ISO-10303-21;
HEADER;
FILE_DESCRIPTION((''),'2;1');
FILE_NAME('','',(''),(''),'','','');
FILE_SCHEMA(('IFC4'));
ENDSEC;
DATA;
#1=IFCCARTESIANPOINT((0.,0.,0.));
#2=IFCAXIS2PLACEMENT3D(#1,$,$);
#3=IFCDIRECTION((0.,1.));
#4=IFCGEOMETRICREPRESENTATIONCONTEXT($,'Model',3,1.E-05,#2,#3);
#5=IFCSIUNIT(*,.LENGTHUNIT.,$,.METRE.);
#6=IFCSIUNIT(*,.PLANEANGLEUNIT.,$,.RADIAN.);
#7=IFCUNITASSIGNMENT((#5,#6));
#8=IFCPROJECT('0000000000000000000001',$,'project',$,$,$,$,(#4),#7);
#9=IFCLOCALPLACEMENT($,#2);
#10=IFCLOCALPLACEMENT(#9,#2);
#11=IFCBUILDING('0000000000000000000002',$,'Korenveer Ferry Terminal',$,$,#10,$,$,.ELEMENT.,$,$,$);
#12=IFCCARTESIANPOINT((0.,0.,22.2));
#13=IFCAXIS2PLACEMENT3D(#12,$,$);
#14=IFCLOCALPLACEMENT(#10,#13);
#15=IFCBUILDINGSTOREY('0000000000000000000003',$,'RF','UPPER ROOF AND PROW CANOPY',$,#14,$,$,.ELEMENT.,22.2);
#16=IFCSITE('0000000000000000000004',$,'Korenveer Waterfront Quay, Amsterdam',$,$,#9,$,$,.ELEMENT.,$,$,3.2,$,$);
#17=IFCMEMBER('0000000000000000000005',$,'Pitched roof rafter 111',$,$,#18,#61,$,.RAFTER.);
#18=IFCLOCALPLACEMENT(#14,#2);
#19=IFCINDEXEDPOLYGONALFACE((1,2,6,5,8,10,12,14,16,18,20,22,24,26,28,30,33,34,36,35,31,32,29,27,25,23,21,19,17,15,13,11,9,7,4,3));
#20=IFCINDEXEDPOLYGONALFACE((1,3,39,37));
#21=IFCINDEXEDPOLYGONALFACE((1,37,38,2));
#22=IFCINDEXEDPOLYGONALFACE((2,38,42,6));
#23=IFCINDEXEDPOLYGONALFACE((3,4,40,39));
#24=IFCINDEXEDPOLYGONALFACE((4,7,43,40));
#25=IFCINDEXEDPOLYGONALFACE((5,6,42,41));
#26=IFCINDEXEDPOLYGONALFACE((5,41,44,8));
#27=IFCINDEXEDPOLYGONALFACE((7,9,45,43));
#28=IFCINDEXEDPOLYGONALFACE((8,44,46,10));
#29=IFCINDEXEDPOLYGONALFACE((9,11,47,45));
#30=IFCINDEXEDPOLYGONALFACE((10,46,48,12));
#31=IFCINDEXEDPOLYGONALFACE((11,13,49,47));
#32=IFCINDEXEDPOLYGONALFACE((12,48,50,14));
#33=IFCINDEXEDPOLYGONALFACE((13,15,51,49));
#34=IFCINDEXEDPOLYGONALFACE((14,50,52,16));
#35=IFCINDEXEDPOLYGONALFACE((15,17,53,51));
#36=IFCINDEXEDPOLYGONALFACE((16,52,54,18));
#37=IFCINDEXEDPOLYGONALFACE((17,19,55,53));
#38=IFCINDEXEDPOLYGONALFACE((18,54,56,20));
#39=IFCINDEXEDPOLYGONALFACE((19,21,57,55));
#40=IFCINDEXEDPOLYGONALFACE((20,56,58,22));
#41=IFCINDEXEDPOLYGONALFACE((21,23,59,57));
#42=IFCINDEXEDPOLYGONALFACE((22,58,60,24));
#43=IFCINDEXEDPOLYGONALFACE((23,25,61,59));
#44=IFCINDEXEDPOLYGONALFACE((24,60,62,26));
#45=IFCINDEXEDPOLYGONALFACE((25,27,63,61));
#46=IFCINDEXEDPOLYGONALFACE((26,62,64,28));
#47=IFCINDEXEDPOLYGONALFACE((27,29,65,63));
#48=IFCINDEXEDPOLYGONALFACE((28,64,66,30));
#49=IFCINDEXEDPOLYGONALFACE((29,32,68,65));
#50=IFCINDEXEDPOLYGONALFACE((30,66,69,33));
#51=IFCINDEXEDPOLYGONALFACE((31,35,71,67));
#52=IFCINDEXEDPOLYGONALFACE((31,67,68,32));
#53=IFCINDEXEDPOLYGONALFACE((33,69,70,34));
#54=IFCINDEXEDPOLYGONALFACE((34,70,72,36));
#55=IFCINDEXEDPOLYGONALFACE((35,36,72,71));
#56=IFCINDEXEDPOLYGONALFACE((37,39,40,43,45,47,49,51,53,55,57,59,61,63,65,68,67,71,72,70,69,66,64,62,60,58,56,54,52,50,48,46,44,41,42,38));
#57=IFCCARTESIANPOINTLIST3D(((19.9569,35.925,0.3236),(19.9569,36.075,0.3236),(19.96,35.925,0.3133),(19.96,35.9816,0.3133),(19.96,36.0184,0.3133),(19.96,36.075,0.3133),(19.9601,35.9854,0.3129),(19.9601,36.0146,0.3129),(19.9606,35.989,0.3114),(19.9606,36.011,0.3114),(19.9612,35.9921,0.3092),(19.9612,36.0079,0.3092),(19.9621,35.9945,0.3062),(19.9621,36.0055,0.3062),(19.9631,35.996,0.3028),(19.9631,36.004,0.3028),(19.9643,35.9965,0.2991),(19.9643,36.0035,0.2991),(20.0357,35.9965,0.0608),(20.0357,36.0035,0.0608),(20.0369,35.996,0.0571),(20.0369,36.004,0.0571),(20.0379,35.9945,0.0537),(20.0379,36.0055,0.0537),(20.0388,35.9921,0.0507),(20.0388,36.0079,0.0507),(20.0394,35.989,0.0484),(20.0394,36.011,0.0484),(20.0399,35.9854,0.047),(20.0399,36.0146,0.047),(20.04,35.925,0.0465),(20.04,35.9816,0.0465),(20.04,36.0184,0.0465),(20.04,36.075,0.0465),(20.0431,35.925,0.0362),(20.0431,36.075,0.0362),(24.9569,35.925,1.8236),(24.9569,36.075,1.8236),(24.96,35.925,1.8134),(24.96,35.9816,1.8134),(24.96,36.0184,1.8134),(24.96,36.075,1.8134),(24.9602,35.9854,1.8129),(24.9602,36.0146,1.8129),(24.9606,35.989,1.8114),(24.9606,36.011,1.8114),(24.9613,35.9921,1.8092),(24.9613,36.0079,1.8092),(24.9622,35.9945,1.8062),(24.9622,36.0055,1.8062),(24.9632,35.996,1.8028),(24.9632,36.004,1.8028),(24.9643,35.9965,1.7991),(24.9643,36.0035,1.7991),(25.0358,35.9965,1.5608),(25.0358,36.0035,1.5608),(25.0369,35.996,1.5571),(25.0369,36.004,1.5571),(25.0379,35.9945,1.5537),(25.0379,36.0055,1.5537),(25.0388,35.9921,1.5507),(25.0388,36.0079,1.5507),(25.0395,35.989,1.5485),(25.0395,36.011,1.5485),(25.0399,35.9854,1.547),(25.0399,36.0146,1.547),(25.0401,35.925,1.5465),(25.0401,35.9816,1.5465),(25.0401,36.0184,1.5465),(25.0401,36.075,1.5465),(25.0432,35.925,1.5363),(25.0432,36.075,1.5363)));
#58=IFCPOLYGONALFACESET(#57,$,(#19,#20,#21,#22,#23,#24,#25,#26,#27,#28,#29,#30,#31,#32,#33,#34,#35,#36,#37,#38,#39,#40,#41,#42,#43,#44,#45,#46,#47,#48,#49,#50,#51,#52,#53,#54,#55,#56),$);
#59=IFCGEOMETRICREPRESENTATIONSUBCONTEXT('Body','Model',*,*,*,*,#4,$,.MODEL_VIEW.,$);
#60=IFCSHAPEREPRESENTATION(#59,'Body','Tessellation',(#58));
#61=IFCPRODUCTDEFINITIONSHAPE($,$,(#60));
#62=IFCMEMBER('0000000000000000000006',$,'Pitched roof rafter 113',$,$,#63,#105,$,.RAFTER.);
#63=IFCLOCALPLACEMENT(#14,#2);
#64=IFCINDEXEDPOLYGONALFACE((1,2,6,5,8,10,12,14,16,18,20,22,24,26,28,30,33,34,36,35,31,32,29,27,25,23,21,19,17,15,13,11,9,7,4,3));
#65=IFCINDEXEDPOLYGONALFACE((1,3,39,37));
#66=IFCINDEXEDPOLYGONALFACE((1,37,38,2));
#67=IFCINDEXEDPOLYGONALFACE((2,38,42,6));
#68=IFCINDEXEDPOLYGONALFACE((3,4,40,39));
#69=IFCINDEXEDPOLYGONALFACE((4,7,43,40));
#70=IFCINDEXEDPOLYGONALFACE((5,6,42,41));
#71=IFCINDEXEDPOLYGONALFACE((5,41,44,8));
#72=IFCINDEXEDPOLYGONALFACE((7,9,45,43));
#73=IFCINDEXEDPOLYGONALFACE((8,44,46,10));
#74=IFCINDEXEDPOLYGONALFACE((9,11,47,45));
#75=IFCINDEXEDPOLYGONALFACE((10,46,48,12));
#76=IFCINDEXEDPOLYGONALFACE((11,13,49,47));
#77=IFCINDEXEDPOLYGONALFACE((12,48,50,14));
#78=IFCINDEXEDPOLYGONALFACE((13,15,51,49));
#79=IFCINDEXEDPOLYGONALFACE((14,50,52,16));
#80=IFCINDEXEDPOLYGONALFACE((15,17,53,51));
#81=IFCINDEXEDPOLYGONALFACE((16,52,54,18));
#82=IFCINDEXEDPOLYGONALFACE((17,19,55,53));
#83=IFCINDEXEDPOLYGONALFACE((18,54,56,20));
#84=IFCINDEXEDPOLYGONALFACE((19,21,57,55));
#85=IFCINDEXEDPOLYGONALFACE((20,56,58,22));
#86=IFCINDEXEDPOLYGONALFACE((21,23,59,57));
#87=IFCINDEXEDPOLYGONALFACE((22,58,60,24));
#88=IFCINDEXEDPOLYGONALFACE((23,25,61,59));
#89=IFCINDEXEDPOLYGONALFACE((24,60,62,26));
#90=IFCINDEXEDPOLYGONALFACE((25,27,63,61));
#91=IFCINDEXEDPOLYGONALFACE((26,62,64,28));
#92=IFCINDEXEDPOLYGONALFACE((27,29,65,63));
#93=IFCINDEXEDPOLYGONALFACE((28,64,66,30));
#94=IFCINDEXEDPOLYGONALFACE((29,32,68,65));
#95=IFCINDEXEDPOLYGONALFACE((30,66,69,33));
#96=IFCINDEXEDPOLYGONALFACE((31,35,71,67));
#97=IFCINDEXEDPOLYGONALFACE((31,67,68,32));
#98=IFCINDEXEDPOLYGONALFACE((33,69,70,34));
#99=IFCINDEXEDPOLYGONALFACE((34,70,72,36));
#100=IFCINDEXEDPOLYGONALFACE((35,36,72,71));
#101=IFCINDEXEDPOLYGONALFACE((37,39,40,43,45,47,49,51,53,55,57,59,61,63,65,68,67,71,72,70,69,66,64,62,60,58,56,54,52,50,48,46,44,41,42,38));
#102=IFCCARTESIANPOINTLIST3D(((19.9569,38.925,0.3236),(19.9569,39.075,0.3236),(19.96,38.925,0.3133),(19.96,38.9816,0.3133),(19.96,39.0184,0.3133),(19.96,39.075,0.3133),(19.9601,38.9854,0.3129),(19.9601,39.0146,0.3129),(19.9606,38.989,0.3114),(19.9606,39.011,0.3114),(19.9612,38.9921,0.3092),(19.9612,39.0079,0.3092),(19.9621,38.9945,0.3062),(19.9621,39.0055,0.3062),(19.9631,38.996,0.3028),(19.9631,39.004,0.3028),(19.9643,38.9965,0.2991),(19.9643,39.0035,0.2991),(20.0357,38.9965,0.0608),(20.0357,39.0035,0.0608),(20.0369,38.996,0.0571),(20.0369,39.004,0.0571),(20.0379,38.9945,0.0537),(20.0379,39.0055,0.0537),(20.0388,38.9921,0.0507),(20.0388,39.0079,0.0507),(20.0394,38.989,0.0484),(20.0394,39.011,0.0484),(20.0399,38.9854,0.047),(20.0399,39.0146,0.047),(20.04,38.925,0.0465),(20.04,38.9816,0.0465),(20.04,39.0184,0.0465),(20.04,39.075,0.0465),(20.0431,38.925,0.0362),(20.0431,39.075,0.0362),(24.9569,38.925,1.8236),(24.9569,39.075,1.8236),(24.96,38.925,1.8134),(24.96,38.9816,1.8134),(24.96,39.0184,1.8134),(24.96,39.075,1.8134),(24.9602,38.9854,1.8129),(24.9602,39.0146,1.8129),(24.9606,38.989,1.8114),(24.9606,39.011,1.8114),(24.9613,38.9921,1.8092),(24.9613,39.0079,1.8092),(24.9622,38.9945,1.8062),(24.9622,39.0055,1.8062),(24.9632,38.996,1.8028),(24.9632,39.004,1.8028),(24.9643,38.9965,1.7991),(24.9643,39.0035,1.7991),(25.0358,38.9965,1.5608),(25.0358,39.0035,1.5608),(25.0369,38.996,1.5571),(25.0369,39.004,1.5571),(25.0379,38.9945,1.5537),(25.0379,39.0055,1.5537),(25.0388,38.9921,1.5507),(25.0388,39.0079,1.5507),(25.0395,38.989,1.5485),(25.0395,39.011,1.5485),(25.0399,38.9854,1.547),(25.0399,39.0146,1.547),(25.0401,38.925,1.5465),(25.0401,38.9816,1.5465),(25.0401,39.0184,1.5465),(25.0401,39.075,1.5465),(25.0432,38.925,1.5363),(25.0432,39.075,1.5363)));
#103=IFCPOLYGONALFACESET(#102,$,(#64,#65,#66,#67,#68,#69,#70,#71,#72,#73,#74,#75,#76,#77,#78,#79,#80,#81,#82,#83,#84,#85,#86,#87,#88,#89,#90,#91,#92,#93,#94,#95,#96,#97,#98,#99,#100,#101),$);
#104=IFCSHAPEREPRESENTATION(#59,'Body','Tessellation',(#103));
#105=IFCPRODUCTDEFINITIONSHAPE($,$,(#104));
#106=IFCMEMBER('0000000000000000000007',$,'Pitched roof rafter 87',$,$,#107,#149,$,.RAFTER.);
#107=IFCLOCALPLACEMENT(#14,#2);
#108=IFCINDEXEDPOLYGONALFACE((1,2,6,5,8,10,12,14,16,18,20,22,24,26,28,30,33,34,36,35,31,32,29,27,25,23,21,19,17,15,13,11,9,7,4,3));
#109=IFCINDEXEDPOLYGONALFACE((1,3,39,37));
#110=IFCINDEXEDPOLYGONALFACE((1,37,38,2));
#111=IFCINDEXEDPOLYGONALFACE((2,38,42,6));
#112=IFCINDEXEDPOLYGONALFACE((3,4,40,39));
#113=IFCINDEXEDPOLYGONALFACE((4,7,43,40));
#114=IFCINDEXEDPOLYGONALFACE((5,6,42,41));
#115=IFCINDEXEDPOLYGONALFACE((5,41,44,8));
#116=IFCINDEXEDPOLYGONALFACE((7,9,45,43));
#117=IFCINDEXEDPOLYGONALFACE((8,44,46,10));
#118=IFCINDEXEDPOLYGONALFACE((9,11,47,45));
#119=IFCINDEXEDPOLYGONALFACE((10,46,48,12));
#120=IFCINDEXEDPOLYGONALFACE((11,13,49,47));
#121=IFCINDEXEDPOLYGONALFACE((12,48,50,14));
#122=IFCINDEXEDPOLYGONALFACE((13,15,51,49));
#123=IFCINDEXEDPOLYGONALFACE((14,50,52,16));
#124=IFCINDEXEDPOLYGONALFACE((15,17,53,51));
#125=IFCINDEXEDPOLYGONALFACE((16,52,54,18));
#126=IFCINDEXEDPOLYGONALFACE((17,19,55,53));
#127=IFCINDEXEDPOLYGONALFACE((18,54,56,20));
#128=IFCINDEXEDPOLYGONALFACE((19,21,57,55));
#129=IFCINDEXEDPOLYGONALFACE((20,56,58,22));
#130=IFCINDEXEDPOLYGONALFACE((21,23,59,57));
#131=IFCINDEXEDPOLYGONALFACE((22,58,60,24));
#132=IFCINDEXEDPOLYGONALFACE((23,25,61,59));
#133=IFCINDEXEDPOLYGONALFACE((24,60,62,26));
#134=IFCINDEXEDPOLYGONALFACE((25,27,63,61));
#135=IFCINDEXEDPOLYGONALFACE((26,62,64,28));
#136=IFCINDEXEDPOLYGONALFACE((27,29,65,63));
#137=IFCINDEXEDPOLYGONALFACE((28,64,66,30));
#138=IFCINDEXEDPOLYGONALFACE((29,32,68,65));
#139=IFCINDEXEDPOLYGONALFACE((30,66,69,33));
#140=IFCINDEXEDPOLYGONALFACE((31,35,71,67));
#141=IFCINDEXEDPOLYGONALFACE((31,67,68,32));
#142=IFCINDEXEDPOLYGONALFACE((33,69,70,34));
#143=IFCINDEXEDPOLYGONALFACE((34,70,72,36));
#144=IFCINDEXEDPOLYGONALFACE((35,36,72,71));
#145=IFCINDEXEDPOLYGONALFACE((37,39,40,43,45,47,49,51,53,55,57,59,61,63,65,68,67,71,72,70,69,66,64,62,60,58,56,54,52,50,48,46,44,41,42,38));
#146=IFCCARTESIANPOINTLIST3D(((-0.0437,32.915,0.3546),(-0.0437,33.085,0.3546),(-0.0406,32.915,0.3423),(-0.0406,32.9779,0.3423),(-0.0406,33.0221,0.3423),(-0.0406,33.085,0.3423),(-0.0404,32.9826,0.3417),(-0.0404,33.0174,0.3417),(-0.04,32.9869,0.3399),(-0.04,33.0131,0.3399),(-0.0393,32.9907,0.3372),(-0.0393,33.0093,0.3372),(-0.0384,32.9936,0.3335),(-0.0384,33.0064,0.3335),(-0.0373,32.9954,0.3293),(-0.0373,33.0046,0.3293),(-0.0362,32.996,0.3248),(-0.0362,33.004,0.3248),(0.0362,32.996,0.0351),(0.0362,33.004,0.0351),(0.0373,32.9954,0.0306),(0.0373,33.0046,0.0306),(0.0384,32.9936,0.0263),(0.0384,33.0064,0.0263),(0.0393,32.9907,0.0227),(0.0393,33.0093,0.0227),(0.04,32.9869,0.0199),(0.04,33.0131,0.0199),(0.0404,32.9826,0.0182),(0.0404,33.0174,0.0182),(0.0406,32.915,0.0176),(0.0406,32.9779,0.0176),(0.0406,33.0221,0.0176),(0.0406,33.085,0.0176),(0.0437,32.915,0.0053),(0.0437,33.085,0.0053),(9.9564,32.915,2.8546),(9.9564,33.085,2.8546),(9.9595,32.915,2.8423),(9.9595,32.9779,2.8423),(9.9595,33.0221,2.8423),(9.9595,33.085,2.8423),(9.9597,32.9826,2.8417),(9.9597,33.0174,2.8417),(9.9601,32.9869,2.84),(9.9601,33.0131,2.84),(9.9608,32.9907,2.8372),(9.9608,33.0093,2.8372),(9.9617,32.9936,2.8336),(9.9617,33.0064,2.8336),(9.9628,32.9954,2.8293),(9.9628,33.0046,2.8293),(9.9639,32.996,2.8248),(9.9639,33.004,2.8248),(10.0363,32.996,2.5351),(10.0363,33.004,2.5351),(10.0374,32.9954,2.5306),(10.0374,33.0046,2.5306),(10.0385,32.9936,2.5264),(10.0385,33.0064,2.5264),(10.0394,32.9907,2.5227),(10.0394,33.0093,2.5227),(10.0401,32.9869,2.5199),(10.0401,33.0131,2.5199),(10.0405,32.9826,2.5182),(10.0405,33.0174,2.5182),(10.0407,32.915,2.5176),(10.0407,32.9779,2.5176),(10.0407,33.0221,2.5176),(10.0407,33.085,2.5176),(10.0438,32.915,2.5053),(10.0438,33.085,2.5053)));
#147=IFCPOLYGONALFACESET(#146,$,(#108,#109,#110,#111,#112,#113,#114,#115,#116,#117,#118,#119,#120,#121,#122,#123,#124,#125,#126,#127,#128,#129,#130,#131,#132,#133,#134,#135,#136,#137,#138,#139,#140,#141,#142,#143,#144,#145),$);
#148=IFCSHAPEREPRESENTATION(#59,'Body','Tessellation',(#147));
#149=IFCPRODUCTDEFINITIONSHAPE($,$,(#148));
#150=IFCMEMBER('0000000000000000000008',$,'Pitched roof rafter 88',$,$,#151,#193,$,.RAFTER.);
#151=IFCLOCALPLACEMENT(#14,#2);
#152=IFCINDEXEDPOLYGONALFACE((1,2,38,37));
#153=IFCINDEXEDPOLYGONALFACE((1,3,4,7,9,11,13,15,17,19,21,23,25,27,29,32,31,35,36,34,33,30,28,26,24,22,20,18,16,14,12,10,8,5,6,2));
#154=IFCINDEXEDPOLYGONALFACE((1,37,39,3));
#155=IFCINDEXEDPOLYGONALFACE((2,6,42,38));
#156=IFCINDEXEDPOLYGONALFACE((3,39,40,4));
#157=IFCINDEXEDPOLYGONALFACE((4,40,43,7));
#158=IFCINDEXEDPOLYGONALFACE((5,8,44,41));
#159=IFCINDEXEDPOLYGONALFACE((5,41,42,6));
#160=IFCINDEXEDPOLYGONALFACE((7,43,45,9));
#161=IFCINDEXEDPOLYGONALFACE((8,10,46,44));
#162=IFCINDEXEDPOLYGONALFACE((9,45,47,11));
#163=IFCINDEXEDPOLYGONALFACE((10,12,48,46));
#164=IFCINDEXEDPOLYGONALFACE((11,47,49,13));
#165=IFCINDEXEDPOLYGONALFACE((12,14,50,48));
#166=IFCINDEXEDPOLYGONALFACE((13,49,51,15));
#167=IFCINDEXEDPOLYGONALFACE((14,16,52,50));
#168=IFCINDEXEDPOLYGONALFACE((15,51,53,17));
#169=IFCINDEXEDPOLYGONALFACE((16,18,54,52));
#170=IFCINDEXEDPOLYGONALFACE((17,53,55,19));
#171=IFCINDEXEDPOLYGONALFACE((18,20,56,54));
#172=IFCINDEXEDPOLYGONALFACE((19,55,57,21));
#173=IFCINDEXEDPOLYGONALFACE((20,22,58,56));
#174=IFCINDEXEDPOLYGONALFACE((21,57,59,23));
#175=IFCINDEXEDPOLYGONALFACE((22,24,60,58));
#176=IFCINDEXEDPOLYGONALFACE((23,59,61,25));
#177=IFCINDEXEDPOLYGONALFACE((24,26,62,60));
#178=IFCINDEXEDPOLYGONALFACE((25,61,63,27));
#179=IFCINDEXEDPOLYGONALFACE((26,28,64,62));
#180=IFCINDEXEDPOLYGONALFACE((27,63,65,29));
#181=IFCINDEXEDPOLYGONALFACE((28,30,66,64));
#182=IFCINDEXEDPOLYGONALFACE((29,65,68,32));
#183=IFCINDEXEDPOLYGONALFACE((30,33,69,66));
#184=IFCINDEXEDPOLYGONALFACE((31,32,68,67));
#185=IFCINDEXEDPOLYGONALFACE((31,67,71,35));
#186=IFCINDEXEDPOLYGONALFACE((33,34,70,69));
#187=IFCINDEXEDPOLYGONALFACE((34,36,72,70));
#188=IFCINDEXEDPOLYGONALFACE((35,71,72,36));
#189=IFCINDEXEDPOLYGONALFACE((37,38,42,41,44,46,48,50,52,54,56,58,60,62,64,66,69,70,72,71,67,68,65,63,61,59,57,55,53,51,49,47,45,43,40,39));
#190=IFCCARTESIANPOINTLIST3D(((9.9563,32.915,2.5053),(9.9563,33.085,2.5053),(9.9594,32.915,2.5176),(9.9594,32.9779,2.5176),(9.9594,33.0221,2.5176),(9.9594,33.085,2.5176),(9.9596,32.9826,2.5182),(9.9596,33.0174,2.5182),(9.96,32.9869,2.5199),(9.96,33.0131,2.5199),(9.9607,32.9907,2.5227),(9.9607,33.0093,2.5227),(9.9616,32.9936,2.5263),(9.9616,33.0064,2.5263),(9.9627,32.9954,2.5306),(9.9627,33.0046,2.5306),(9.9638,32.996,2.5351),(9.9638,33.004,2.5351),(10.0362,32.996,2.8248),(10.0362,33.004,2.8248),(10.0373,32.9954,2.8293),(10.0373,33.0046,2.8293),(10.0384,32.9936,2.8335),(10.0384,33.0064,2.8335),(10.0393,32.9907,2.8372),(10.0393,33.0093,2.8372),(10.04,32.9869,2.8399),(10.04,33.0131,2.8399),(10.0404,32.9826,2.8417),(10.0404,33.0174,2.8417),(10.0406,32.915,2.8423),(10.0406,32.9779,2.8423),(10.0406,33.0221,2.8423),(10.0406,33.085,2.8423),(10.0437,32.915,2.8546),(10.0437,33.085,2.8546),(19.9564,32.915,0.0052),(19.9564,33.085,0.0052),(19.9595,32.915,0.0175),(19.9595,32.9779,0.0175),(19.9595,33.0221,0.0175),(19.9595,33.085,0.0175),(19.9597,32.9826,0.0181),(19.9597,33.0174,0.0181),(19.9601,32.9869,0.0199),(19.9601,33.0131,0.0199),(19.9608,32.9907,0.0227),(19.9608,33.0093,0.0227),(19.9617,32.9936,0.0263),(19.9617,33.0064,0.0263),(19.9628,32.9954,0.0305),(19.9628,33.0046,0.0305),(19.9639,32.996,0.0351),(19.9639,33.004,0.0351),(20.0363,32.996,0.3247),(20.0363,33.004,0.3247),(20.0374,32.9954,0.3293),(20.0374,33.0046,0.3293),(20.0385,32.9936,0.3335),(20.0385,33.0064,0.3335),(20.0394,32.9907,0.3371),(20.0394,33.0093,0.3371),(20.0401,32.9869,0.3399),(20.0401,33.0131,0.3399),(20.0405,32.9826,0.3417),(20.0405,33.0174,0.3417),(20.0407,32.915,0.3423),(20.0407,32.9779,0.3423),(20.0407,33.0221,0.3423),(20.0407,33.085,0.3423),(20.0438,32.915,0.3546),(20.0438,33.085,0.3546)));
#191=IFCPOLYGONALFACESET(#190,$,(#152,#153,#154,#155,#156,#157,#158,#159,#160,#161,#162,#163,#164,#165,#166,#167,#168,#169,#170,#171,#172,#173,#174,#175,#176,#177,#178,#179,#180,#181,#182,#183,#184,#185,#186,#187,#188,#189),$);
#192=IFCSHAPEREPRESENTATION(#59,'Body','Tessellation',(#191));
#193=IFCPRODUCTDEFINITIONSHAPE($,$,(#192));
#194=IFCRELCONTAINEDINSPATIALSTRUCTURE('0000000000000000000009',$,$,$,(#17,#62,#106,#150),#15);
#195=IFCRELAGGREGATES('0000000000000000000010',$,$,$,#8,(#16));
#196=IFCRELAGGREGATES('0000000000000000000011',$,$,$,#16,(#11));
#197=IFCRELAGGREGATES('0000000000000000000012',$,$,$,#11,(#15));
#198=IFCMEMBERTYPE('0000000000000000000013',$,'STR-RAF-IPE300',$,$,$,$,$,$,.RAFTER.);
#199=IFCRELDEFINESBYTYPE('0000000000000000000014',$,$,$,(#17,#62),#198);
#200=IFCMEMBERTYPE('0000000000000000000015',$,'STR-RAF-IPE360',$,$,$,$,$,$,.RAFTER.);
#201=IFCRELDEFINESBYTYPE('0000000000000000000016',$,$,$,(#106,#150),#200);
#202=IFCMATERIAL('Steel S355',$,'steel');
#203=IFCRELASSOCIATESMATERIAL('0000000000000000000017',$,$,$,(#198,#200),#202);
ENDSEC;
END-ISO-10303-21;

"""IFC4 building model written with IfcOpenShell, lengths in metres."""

from ifc_helpers import new_model, si_unit, direction, frame, origin, origin_2d, place, context, subcontext, project, spatial, i_section, extrude, material, material_profile, profile_set, type_object, element, save


model = new_model("IFC4")

# Units and contexts
model_context = context("Model", 3, precision=1e-05, world=origin(), true_north=direction((0.0, 1.0)))
body_context = subcontext(model_context, "Body", "Model", "MODEL_VIEW")
ifc_project = project(units=[si_unit("LENGTHUNIT", "METRE"), si_unit("PLANEANGLEUNIT", "RADIAN")], contexts=[model_context])

# Site, building, storey
site_placement = place(None, origin())
site = spatial("IfcSite", under=ifc_project, at=site_placement, Name="Korenveer Waterfront Quay, Amsterdam", CompositionType="ELEMENT", RefElevation=3.2)
building_placement = place(site_placement, origin())
building = spatial("IfcBuilding", under=site, at=building_placement, Name="Korenveer Ferry Terminal", CompositionType="ELEMENT")
storey_placement = place(building_placement, frame((0.0, 0.0, 22.2)))
storey = spatial("IfcBuildingStorey", under=building, at=storey_placement, Name="RF", Description="UPPER ROOF AND PROW CANOPY", CompositionType="ELEMENT", Elevation=22.2)

# Shared definitions
ifc_material_1 = material(Name="Steel S355", Category="steel")

# Members
ifc_material_profile_1 = material_profile(ifc_material_1, i_section(OverallWidth=0.1499, OverallDepth=0.3, WebThickness=0.0071, FlangeThickness=0.0107, FilletRadius=0.0149, at=origin_2d()), Name="IPE 300")
ifc_profile_set_1 = profile_set([ifc_material_profile_1], Name="Steel S355")
member_type_1 = type_object("IfcMemberType", Name="STR-RAF-IPE300", PredefinedType="RAFTER", material=ifc_profile_set_1)
for number, where, z_axis, x_axis, name in (
    (1, (20.0, 36.0, 0.1799), (0.957826, 0.0, 0.287348), (0.0, 1.0, 0.0), "Pitched roof rafter 111"),
    (2, (20.0, 39.0, 0.1799), (0.957826, 0.0, 0.287348), (0.0, 1.0, 0.0), "Pitched roof rafter 113"),
):
    element("IfcMember", number, at=place(storey_placement, frame(where, z_axis=z_axis, x_axis=x_axis)), inside=storey, type_object=member_type_1, Name=name, PredefinedType="RAFTER", context=body_context, shape_type="SweptSolid", body=[
        extrude(i_section(OverallWidth=0.1499, OverallDepth=0.3, WebThickness=0.0071, FlangeThickness=0.0107, FilletRadius=0.0149, at=origin_2d()), origin(), (0.0, 0.0, 1.0), 5.2202),
    ])
ifc_material_profile_2 = material_profile(ifc_material_1, i_section(OverallWidth=0.1699, OverallDepth=0.3601, WebThickness=0.0081, FlangeThickness=0.0127, FilletRadius=0.0181, at=origin_2d()), Name="IPE 360")
ifc_profile_set_2 = profile_set([ifc_material_profile_2], Name="Steel S355")
member_type_2 = type_object("IfcMemberType", Name="STR-RAF-IPE360", PredefinedType="RAFTER", material=ifc_profile_set_2)
for number, where, z_axis, x_axis, name in (
    (3, (0.0, 33.0, 0.1799), (0.970143, 0.0, 0.242536), (0.0, 1.0, 0.0), "Pitched roof rafter 87"),
    (4, (10.0, 33.0, 2.6799), (0.970143, 0.0, -0.242536), (0.0, 1.0, 0.0), "Pitched roof rafter 88"),
):
    element("IfcMember", number, at=place(storey_placement, frame(where, z_axis=z_axis, x_axis=x_axis)), inside=storey, type_object=member_type_2, Name=name, PredefinedType="RAFTER", context=body_context, shape_type="SweptSolid", body=[
        extrude(i_section(OverallWidth=0.1699, OverallDepth=0.3601, WebThickness=0.0081, FlangeThickness=0.0127, FilletRadius=0.0181, at=origin_2d()), origin(), (0.0, 0.0, 1.0), 10.3079),
    ])

save(model, "model.ifc")
